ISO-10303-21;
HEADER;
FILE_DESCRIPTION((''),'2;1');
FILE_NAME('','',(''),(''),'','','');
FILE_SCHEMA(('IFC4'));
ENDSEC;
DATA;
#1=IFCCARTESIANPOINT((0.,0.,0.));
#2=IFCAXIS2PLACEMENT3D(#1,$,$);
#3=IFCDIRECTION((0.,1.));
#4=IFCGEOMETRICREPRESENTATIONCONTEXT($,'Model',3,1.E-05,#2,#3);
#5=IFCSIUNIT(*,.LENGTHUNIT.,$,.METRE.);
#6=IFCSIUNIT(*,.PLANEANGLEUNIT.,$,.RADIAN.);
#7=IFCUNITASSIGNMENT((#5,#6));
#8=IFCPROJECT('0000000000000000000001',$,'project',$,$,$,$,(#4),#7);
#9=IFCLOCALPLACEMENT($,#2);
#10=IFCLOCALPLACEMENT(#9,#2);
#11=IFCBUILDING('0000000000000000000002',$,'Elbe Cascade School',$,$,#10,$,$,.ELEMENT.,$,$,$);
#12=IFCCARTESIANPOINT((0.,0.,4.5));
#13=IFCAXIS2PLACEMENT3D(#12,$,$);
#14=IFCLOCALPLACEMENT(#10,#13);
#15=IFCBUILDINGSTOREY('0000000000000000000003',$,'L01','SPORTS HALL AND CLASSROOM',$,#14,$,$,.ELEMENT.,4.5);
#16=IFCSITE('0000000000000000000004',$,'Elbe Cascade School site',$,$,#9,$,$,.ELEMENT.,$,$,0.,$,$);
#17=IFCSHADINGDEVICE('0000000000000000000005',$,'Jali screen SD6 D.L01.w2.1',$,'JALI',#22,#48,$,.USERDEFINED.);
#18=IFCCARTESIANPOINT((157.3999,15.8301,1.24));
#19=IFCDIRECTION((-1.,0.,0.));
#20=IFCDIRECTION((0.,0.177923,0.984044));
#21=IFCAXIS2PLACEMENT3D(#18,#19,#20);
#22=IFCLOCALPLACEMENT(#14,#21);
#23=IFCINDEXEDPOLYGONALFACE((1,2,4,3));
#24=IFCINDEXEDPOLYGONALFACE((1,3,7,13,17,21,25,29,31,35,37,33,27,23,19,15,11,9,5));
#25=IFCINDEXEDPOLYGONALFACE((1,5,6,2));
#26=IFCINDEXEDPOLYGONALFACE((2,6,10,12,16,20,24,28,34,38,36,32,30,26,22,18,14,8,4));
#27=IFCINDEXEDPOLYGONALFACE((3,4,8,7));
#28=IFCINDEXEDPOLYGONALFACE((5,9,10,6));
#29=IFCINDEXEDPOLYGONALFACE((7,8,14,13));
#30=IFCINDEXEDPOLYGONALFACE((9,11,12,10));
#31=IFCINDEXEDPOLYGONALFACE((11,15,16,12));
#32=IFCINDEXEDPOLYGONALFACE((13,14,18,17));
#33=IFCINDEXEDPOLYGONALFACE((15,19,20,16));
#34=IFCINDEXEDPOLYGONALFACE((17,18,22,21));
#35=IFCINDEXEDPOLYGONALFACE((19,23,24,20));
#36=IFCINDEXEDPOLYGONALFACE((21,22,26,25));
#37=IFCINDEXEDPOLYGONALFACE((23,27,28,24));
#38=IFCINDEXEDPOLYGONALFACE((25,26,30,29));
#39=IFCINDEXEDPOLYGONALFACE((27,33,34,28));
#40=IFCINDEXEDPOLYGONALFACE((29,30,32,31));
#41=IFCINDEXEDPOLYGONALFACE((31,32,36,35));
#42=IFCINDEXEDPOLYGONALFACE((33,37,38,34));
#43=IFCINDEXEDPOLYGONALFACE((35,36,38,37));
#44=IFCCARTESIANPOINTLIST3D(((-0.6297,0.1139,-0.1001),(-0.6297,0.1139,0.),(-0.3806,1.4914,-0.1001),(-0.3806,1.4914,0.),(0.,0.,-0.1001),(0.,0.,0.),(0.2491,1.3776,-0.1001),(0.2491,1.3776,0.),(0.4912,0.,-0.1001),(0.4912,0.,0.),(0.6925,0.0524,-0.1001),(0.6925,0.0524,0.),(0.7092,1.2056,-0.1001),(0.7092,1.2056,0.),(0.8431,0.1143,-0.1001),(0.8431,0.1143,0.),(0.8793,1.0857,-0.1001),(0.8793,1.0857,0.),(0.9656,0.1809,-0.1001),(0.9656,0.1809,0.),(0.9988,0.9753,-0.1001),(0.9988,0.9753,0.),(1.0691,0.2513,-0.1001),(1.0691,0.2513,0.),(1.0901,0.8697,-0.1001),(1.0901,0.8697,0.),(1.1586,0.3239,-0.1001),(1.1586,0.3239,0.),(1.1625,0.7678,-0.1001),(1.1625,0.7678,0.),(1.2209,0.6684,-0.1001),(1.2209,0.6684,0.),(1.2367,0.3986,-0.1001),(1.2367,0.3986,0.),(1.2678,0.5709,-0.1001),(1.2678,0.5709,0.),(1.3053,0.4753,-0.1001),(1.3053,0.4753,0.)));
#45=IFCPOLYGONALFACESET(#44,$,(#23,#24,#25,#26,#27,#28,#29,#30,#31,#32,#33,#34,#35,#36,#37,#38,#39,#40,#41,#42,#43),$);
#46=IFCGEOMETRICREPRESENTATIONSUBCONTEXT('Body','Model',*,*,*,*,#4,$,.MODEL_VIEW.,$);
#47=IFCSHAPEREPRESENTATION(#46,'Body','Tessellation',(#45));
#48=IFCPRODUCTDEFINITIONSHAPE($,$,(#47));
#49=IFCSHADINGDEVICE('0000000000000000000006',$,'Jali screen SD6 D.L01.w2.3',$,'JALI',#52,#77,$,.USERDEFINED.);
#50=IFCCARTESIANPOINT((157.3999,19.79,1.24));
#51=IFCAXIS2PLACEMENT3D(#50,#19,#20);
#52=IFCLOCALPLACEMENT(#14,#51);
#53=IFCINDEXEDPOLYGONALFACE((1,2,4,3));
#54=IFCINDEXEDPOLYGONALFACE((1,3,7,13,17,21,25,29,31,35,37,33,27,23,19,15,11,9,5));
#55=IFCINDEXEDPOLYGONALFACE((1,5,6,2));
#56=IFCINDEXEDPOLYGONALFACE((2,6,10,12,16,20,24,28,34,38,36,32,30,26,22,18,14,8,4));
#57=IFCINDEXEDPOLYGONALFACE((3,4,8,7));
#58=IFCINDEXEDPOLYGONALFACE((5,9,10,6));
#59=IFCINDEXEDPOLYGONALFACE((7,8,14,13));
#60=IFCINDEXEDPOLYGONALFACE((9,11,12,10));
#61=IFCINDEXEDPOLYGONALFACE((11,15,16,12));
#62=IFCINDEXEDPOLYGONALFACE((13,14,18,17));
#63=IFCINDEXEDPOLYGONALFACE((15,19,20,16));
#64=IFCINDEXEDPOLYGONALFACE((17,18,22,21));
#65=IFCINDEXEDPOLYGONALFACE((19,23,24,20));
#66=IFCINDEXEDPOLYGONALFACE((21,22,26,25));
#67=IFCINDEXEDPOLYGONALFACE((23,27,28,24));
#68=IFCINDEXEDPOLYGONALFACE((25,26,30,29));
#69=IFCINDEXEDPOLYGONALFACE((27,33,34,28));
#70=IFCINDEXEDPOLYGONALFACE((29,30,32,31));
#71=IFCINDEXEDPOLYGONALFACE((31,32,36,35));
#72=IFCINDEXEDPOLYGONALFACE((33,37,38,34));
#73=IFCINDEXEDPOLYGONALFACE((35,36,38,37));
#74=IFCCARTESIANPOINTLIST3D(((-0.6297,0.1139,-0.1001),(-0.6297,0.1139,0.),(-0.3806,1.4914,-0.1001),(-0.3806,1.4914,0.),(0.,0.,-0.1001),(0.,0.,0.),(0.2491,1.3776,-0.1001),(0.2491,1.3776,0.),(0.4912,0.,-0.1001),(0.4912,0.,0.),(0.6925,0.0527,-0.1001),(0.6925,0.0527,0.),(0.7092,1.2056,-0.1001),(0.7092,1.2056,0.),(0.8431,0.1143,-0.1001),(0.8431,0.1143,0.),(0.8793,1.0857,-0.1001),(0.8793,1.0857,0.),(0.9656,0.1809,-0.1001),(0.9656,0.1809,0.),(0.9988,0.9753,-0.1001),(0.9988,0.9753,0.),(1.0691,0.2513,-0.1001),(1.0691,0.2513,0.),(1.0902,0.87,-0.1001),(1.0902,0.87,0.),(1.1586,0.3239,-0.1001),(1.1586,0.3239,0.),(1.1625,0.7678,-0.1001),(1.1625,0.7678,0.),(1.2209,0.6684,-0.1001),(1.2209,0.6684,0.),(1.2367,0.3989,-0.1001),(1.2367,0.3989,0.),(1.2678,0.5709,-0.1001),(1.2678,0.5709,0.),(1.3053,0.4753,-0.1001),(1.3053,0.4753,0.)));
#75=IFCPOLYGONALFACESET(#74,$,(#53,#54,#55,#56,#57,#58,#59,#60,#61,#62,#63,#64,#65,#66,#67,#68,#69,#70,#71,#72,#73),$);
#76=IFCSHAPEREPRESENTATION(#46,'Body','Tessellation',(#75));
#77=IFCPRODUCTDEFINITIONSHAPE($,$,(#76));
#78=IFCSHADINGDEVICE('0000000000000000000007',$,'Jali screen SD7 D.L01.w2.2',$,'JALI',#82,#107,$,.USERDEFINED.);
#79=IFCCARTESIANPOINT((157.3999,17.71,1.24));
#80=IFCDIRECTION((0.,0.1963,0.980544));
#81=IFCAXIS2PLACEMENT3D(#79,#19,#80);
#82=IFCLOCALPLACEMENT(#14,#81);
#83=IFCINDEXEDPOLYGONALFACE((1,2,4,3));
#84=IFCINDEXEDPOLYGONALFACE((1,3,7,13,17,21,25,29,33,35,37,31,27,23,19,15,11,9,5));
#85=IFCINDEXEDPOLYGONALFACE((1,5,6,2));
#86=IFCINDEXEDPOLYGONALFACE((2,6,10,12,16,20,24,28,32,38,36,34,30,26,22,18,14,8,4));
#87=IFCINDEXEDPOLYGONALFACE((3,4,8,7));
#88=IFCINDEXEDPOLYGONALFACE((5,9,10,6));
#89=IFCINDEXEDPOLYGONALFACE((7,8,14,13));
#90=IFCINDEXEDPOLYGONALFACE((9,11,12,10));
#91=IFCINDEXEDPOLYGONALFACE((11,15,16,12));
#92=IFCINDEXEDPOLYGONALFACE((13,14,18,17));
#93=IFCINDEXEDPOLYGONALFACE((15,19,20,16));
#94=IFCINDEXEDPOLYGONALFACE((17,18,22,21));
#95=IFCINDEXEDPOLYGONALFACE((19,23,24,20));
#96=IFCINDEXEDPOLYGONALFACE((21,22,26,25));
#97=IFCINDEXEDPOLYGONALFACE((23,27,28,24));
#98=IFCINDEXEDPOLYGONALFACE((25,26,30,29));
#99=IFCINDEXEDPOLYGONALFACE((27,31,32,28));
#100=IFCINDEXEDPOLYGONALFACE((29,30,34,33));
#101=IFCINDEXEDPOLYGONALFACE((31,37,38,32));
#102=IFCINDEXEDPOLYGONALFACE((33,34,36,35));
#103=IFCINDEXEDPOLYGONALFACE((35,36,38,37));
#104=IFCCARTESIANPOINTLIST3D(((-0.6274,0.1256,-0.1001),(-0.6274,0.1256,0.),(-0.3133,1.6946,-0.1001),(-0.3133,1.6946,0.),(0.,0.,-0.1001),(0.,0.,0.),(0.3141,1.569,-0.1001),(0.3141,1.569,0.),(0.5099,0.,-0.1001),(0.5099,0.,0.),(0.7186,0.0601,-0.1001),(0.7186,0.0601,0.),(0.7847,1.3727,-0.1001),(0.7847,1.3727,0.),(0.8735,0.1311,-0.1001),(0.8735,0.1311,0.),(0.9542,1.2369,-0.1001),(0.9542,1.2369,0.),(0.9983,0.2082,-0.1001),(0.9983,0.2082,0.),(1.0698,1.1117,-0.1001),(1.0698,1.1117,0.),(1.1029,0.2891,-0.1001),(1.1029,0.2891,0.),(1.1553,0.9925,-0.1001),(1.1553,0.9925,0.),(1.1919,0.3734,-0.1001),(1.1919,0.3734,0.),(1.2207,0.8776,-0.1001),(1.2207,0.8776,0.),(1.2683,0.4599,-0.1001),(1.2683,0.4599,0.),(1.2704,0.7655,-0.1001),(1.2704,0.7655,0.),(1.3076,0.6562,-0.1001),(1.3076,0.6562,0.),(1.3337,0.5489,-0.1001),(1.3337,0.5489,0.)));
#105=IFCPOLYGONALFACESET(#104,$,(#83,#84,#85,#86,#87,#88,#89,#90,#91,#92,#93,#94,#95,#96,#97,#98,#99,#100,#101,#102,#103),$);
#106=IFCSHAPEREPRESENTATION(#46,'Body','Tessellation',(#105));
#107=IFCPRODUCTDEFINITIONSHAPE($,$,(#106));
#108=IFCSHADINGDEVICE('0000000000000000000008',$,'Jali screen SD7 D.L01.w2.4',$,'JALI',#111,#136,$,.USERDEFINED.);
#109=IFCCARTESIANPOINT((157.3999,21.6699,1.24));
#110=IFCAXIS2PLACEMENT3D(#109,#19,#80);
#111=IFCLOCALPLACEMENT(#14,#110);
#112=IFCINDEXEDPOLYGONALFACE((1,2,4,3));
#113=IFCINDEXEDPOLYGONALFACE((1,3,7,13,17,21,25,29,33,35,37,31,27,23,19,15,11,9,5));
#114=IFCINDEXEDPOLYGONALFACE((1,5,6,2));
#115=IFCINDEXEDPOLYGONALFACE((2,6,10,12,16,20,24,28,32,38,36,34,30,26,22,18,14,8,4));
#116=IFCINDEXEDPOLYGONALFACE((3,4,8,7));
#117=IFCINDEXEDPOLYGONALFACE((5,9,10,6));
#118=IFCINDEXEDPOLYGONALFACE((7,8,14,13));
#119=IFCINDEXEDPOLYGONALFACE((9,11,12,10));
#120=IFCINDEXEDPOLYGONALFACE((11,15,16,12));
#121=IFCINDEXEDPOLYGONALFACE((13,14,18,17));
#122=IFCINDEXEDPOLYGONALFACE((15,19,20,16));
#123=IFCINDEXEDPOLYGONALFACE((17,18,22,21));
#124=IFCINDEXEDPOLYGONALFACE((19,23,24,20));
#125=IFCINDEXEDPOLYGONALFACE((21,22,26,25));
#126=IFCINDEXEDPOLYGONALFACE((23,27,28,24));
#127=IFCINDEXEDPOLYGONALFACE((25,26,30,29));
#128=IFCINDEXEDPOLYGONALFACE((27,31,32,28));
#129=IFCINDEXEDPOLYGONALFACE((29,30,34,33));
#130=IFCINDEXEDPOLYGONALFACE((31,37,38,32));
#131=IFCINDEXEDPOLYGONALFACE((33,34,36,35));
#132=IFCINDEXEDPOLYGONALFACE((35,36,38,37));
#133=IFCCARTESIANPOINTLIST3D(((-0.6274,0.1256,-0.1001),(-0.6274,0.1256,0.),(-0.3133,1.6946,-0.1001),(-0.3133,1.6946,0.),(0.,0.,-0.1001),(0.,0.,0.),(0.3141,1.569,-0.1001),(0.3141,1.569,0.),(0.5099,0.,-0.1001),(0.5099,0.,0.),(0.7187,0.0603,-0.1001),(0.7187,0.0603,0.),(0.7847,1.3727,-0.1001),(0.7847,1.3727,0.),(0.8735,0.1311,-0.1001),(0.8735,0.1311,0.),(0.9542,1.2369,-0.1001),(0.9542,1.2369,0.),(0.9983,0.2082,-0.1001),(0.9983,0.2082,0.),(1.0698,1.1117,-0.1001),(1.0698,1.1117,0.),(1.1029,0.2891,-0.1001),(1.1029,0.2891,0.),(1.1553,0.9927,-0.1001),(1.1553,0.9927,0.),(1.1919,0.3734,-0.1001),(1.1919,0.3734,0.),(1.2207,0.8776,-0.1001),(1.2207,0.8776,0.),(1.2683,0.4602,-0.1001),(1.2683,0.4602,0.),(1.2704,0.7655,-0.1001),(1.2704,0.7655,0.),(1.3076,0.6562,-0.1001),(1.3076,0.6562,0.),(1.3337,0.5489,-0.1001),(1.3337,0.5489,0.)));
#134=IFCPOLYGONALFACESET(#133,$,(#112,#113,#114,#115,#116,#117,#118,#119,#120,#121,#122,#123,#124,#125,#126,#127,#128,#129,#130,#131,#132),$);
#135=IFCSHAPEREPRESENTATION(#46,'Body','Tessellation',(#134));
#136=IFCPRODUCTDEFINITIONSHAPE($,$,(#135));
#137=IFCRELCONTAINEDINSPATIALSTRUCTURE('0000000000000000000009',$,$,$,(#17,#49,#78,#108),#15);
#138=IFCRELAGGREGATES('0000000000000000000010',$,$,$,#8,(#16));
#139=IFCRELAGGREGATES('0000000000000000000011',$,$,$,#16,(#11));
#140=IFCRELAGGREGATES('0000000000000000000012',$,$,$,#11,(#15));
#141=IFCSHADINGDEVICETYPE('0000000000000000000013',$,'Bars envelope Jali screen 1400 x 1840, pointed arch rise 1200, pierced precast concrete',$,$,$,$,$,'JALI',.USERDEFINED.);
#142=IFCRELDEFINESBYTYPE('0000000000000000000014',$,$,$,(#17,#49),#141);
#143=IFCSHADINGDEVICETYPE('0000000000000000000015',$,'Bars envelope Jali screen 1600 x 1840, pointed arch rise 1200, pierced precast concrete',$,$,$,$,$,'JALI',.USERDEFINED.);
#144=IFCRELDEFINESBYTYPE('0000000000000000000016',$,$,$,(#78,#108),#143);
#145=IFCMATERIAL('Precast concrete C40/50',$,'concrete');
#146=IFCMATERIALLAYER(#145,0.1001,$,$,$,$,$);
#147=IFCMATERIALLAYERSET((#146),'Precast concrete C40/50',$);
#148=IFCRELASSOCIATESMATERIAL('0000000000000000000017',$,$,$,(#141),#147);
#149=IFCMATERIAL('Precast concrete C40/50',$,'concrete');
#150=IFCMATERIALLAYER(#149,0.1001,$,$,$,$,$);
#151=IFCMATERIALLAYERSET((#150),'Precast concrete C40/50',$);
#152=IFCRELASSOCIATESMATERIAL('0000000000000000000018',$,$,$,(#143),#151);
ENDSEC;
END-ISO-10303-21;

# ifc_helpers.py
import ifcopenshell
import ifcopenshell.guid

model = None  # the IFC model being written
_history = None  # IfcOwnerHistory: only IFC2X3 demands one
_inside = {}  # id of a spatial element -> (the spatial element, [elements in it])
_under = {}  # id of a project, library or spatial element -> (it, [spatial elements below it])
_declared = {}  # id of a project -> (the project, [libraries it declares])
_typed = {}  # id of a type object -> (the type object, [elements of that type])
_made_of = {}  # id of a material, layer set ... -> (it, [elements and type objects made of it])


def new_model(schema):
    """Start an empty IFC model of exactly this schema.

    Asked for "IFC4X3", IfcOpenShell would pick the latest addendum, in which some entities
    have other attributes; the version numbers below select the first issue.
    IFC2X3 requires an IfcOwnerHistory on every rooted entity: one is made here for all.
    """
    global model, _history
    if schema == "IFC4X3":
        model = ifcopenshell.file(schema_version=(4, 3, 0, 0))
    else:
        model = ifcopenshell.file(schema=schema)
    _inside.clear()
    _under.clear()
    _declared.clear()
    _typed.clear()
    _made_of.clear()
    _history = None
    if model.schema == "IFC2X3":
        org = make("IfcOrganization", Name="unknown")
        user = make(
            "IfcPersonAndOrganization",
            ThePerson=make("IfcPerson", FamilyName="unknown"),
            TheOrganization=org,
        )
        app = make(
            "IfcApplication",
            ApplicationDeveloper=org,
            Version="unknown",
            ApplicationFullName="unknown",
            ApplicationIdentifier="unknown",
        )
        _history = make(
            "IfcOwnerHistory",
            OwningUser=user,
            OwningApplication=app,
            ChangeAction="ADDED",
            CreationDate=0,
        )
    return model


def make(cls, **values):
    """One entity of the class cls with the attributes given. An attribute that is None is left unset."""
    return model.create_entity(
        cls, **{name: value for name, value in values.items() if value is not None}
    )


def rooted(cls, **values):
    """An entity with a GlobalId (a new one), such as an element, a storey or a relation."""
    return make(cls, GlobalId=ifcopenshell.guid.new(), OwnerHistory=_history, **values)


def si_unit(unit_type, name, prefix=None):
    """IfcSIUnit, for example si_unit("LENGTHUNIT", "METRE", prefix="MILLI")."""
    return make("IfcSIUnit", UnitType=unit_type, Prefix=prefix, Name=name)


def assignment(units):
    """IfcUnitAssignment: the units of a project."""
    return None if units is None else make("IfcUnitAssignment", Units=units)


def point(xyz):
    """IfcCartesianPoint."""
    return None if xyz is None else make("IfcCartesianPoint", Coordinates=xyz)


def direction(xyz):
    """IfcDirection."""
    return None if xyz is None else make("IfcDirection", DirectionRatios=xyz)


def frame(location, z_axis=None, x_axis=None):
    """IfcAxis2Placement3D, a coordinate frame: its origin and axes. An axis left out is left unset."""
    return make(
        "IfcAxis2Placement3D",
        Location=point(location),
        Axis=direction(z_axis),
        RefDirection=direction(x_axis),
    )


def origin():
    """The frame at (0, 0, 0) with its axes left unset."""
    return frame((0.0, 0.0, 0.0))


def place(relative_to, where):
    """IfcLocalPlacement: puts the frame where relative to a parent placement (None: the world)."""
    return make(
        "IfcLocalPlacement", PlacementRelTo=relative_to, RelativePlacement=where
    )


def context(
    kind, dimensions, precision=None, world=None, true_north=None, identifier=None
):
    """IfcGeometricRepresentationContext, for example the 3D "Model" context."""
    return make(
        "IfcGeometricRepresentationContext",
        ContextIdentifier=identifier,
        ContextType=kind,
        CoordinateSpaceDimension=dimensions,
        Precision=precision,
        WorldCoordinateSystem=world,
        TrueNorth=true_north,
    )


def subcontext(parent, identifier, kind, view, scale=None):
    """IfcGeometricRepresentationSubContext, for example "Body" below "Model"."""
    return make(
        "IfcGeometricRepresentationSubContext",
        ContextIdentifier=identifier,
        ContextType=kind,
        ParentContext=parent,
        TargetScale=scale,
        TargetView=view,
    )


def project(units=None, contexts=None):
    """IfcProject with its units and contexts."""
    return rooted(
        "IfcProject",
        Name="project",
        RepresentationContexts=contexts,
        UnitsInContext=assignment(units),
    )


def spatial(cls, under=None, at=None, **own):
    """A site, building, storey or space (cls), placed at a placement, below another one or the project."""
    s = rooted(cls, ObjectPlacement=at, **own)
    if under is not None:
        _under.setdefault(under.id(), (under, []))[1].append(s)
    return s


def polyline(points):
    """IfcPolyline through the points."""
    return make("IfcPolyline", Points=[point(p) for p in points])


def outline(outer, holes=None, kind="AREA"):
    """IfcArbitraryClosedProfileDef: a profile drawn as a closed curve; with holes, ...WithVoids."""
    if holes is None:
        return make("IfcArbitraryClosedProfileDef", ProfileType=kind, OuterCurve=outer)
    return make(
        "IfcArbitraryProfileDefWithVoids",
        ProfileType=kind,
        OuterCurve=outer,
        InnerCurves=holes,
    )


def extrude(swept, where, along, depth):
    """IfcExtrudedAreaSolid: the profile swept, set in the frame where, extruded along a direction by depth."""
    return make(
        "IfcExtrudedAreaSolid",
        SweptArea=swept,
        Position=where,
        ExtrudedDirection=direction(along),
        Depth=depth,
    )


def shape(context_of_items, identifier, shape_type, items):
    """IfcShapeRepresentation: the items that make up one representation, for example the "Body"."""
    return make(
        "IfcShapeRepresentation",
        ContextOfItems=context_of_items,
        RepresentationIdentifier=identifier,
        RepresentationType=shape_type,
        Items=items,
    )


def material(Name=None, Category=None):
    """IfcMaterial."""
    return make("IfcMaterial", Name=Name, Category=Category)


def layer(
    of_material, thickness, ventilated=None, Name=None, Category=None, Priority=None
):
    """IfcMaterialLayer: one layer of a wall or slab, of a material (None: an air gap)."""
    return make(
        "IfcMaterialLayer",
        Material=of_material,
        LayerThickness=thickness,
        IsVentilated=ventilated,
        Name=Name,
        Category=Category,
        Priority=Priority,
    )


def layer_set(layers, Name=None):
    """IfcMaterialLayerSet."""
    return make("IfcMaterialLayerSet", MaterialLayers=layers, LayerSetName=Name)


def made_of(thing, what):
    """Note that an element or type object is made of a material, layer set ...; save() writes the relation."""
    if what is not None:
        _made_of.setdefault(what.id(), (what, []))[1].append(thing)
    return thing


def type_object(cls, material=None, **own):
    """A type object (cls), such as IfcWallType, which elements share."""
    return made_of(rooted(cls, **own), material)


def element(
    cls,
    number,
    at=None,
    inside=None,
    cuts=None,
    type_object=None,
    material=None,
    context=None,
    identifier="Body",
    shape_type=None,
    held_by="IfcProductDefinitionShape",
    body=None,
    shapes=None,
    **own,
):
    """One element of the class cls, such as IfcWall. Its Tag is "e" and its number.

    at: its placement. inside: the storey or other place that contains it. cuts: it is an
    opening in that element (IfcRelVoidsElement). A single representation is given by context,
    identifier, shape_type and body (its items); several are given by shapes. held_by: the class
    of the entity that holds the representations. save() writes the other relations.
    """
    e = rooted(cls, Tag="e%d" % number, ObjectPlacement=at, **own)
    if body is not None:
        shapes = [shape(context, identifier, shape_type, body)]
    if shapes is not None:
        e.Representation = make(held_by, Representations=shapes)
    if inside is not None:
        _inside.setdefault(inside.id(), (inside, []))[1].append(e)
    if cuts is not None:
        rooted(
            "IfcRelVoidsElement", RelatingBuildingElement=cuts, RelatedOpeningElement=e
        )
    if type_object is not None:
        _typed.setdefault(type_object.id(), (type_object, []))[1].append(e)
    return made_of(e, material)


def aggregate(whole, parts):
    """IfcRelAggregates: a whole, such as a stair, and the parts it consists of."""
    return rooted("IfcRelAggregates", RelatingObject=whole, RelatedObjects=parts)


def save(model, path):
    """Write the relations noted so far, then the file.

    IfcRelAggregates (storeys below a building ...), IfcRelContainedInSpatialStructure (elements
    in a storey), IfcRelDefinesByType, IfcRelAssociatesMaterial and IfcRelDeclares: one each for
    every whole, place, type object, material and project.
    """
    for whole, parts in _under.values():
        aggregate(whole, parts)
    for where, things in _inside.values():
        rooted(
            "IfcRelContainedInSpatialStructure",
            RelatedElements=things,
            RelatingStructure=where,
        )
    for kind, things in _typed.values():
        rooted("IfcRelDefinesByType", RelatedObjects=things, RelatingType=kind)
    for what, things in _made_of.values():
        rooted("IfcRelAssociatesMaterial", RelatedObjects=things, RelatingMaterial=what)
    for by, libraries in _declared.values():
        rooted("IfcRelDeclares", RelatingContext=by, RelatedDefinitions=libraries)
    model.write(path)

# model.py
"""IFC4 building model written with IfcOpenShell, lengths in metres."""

from ifc_helpers import new_model, si_unit, direction, frame, origin, place, context, subcontext, project, spatial, polyline, outline, extrude, material, layer, layer_set, type_object, element, save


model = new_model("IFC4")

# Units and contexts
model_context = context("Model", 3, precision=1e-05, world=origin(), true_north=direction((0.0, 1.0)))
body_context = subcontext(model_context, "Body", "Model", "MODEL_VIEW")
ifc_project = project(units=[si_unit("LENGTHUNIT", "METRE"), si_unit("PLANEANGLEUNIT", "RADIAN")], contexts=[model_context])

# Site, building, storey
site_placement = place(None, origin())
site = spatial("IfcSite", under=ifc_project, at=site_placement, Name="Elbe Cascade School site", CompositionType="ELEMENT", RefElevation=0.0)
building_placement = place(site_placement, origin())
building = spatial("IfcBuilding", under=site, at=building_placement, Name="Elbe Cascade School", CompositionType="ELEMENT")
storey_placement = place(building_placement, frame((0.0, 0.0, 4.5)))
storey = spatial("IfcBuildingStorey", under=building, at=storey_placement, Name="L01", Description="SPORTS HALL AND CLASSROOM", CompositionType="ELEMENT", Elevation=4.5)

# Shading devices
ifc_material_1 = material(Name="Precast concrete C40/50", Category="concrete")
ifc_layer_1 = layer(ifc_material_1, 0.1001)
ifc_layer_set_1 = layer_set([ifc_layer_1], Name="Precast concrete C40/50")
shading_device_type_1 = type_object("IfcShadingDeviceType", Name="Bars envelope Jali screen 1400 x 1840, pointed arch rise 1200, pierced precast concrete", ElementType="JALI", PredefinedType="USERDEFINED", material=ifc_layer_set_1)
shading_device_1_placement = place(storey_placement, frame((157.3999, 15.8301, 1.24), z_axis=(-1.0, 0.0, 0.0), x_axis=(0.0, 0.177923, 0.984044)))
element("IfcShadingDevice", 1, at=shading_device_1_placement, inside=storey, type_object=shading_device_type_1, Name="Jali screen SD6 D.L01.w2.1", ObjectType="JALI", PredefinedType="USERDEFINED", context=body_context, shape_type="SweptSolid", body=[
    extrude(outline(polyline([(0.0, 0.0), (0.4912, 0.0), (0.6925, 0.0524), (0.8431, 0.1143), (0.9656, 0.1809), (1.0691, 0.2513), (1.1586, 0.3239), (1.2367, 0.3986), (1.3053, 0.4753), (1.2678, 0.5709), (1.2209, 0.6684), (1.1625, 0.7678), (1.0901, 0.8697), (0.9988, 0.9753), (0.8793, 1.0857), (0.7092, 1.2056), (0.2491, 1.3776), (-0.3806, 1.4914), (-0.6297, 0.1139), (0.0, 0.0)])), origin(), (0.0, 0.0, -1.0), 0.1001),
])
shading_device_2_placement = place(storey_placement, frame((157.3999, 19.79, 1.24), z_axis=(-1.0, 0.0, 0.0), x_axis=(0.0, 0.177923, 0.984044)))
element("IfcShadingDevice", 2, at=shading_device_2_placement, inside=storey, type_object=shading_device_type_1, Name="Jali screen SD6 D.L01.w2.3", ObjectType="JALI", PredefinedType="USERDEFINED", context=body_context, shape_type="SweptSolid", body=[
    extrude(outline(polyline([(0.0, 0.0), (0.4912, 0.0), (0.6925, 0.0527), (0.8431, 0.1143), (0.9656, 0.1809), (1.0691, 0.2513), (1.1586, 0.3239), (1.2367, 0.3989), (1.3053, 0.4753), (1.2678, 0.5709), (1.2209, 0.6684), (1.1625, 0.7678), (1.0902, 0.87), (0.9988, 0.9753), (0.8793, 1.0857), (0.7092, 1.2056), (0.2491, 1.3776), (-0.3806, 1.4914), (-0.6297, 0.1139), (0.0, 0.0)])), origin(), (0.0, 0.0, -1.0), 0.1001),
])
ifc_material_2 = material(Name="Precast concrete C40/50", Category="concrete")
ifc_layer_2 = layer(ifc_material_2, 0.1001)
ifc_layer_set_2 = layer_set([ifc_layer_2], Name="Precast concrete C40/50")
shading_device_type_2 = type_object("IfcShadingDeviceType", Name="Bars envelope Jali screen 1600 x 1840, pointed arch rise 1200, pierced precast concrete", ElementType="JALI", PredefinedType="USERDEFINED", material=ifc_layer_set_2)
shading_device_3_placement = place(storey_placement, frame((157.3999, 17.71, 1.24), z_axis=(-1.0, 0.0, 0.0), x_axis=(0.0, 0.1963, 0.980544)))
element("IfcShadingDevice", 3, at=shading_device_3_placement, inside=storey, type_object=shading_device_type_2, Name="Jali screen SD7 D.L01.w2.2", ObjectType="JALI", PredefinedType="USERDEFINED", context=body_context, shape_type="SweptSolid", body=[
    extrude(outline(polyline([(0.0, 0.0), (0.5099, 0.0), (0.7186, 0.0601), (0.8735, 0.1311), (0.9983, 0.2082), (1.1029, 0.2891), (1.1919, 0.3734), (1.2683, 0.4599), (1.3337, 0.5489), (1.3076, 0.6562), (1.2704, 0.7655), (1.2207, 0.8776), (1.1553, 0.9925), (1.0698, 1.1117), (0.9542, 1.2369), (0.7847, 1.3727), (0.3141, 1.569), (-0.3133, 1.6946), (-0.6274, 0.1256), (0.0, 0.0)])), origin(), (0.0, 0.0, -1.0), 0.1001),
])
shading_device_4_placement = place(storey_placement, frame((157.3999, 21.6699, 1.24), z_axis=(-1.0, 0.0, 0.0), x_axis=(0.0, 0.1963, 0.980544)))
element("IfcShadingDevice", 4, at=shading_device_4_placement, inside=storey, type_object=shading_device_type_2, Name="Jali screen SD7 D.L01.w2.4", ObjectType="JALI", PredefinedType="USERDEFINED", context=body_context, shape_type="SweptSolid", body=[
    extrude(outline(polyline([(0.0, 0.0), (0.5099, 0.0), (0.7187, 0.0603), (0.8735, 0.1311), (0.9983, 0.2082), (1.1029, 0.2891), (1.1919, 0.3734), (1.2683, 0.4602), (1.3337, 0.5489), (1.3076, 0.6562), (1.2704, 0.7655), (1.2207, 0.8776), (1.1553, 0.9927), (1.0698, 1.1117), (0.9542, 1.2369), (0.7847, 1.3727), (0.3141, 1.569), (-0.3133, 1.6946), (-0.6274, 0.1256), (0.0, 0.0)])), origin(), (0.0, 0.0, -1.0), 0.1001),
])

save(model, "model.ifc")
